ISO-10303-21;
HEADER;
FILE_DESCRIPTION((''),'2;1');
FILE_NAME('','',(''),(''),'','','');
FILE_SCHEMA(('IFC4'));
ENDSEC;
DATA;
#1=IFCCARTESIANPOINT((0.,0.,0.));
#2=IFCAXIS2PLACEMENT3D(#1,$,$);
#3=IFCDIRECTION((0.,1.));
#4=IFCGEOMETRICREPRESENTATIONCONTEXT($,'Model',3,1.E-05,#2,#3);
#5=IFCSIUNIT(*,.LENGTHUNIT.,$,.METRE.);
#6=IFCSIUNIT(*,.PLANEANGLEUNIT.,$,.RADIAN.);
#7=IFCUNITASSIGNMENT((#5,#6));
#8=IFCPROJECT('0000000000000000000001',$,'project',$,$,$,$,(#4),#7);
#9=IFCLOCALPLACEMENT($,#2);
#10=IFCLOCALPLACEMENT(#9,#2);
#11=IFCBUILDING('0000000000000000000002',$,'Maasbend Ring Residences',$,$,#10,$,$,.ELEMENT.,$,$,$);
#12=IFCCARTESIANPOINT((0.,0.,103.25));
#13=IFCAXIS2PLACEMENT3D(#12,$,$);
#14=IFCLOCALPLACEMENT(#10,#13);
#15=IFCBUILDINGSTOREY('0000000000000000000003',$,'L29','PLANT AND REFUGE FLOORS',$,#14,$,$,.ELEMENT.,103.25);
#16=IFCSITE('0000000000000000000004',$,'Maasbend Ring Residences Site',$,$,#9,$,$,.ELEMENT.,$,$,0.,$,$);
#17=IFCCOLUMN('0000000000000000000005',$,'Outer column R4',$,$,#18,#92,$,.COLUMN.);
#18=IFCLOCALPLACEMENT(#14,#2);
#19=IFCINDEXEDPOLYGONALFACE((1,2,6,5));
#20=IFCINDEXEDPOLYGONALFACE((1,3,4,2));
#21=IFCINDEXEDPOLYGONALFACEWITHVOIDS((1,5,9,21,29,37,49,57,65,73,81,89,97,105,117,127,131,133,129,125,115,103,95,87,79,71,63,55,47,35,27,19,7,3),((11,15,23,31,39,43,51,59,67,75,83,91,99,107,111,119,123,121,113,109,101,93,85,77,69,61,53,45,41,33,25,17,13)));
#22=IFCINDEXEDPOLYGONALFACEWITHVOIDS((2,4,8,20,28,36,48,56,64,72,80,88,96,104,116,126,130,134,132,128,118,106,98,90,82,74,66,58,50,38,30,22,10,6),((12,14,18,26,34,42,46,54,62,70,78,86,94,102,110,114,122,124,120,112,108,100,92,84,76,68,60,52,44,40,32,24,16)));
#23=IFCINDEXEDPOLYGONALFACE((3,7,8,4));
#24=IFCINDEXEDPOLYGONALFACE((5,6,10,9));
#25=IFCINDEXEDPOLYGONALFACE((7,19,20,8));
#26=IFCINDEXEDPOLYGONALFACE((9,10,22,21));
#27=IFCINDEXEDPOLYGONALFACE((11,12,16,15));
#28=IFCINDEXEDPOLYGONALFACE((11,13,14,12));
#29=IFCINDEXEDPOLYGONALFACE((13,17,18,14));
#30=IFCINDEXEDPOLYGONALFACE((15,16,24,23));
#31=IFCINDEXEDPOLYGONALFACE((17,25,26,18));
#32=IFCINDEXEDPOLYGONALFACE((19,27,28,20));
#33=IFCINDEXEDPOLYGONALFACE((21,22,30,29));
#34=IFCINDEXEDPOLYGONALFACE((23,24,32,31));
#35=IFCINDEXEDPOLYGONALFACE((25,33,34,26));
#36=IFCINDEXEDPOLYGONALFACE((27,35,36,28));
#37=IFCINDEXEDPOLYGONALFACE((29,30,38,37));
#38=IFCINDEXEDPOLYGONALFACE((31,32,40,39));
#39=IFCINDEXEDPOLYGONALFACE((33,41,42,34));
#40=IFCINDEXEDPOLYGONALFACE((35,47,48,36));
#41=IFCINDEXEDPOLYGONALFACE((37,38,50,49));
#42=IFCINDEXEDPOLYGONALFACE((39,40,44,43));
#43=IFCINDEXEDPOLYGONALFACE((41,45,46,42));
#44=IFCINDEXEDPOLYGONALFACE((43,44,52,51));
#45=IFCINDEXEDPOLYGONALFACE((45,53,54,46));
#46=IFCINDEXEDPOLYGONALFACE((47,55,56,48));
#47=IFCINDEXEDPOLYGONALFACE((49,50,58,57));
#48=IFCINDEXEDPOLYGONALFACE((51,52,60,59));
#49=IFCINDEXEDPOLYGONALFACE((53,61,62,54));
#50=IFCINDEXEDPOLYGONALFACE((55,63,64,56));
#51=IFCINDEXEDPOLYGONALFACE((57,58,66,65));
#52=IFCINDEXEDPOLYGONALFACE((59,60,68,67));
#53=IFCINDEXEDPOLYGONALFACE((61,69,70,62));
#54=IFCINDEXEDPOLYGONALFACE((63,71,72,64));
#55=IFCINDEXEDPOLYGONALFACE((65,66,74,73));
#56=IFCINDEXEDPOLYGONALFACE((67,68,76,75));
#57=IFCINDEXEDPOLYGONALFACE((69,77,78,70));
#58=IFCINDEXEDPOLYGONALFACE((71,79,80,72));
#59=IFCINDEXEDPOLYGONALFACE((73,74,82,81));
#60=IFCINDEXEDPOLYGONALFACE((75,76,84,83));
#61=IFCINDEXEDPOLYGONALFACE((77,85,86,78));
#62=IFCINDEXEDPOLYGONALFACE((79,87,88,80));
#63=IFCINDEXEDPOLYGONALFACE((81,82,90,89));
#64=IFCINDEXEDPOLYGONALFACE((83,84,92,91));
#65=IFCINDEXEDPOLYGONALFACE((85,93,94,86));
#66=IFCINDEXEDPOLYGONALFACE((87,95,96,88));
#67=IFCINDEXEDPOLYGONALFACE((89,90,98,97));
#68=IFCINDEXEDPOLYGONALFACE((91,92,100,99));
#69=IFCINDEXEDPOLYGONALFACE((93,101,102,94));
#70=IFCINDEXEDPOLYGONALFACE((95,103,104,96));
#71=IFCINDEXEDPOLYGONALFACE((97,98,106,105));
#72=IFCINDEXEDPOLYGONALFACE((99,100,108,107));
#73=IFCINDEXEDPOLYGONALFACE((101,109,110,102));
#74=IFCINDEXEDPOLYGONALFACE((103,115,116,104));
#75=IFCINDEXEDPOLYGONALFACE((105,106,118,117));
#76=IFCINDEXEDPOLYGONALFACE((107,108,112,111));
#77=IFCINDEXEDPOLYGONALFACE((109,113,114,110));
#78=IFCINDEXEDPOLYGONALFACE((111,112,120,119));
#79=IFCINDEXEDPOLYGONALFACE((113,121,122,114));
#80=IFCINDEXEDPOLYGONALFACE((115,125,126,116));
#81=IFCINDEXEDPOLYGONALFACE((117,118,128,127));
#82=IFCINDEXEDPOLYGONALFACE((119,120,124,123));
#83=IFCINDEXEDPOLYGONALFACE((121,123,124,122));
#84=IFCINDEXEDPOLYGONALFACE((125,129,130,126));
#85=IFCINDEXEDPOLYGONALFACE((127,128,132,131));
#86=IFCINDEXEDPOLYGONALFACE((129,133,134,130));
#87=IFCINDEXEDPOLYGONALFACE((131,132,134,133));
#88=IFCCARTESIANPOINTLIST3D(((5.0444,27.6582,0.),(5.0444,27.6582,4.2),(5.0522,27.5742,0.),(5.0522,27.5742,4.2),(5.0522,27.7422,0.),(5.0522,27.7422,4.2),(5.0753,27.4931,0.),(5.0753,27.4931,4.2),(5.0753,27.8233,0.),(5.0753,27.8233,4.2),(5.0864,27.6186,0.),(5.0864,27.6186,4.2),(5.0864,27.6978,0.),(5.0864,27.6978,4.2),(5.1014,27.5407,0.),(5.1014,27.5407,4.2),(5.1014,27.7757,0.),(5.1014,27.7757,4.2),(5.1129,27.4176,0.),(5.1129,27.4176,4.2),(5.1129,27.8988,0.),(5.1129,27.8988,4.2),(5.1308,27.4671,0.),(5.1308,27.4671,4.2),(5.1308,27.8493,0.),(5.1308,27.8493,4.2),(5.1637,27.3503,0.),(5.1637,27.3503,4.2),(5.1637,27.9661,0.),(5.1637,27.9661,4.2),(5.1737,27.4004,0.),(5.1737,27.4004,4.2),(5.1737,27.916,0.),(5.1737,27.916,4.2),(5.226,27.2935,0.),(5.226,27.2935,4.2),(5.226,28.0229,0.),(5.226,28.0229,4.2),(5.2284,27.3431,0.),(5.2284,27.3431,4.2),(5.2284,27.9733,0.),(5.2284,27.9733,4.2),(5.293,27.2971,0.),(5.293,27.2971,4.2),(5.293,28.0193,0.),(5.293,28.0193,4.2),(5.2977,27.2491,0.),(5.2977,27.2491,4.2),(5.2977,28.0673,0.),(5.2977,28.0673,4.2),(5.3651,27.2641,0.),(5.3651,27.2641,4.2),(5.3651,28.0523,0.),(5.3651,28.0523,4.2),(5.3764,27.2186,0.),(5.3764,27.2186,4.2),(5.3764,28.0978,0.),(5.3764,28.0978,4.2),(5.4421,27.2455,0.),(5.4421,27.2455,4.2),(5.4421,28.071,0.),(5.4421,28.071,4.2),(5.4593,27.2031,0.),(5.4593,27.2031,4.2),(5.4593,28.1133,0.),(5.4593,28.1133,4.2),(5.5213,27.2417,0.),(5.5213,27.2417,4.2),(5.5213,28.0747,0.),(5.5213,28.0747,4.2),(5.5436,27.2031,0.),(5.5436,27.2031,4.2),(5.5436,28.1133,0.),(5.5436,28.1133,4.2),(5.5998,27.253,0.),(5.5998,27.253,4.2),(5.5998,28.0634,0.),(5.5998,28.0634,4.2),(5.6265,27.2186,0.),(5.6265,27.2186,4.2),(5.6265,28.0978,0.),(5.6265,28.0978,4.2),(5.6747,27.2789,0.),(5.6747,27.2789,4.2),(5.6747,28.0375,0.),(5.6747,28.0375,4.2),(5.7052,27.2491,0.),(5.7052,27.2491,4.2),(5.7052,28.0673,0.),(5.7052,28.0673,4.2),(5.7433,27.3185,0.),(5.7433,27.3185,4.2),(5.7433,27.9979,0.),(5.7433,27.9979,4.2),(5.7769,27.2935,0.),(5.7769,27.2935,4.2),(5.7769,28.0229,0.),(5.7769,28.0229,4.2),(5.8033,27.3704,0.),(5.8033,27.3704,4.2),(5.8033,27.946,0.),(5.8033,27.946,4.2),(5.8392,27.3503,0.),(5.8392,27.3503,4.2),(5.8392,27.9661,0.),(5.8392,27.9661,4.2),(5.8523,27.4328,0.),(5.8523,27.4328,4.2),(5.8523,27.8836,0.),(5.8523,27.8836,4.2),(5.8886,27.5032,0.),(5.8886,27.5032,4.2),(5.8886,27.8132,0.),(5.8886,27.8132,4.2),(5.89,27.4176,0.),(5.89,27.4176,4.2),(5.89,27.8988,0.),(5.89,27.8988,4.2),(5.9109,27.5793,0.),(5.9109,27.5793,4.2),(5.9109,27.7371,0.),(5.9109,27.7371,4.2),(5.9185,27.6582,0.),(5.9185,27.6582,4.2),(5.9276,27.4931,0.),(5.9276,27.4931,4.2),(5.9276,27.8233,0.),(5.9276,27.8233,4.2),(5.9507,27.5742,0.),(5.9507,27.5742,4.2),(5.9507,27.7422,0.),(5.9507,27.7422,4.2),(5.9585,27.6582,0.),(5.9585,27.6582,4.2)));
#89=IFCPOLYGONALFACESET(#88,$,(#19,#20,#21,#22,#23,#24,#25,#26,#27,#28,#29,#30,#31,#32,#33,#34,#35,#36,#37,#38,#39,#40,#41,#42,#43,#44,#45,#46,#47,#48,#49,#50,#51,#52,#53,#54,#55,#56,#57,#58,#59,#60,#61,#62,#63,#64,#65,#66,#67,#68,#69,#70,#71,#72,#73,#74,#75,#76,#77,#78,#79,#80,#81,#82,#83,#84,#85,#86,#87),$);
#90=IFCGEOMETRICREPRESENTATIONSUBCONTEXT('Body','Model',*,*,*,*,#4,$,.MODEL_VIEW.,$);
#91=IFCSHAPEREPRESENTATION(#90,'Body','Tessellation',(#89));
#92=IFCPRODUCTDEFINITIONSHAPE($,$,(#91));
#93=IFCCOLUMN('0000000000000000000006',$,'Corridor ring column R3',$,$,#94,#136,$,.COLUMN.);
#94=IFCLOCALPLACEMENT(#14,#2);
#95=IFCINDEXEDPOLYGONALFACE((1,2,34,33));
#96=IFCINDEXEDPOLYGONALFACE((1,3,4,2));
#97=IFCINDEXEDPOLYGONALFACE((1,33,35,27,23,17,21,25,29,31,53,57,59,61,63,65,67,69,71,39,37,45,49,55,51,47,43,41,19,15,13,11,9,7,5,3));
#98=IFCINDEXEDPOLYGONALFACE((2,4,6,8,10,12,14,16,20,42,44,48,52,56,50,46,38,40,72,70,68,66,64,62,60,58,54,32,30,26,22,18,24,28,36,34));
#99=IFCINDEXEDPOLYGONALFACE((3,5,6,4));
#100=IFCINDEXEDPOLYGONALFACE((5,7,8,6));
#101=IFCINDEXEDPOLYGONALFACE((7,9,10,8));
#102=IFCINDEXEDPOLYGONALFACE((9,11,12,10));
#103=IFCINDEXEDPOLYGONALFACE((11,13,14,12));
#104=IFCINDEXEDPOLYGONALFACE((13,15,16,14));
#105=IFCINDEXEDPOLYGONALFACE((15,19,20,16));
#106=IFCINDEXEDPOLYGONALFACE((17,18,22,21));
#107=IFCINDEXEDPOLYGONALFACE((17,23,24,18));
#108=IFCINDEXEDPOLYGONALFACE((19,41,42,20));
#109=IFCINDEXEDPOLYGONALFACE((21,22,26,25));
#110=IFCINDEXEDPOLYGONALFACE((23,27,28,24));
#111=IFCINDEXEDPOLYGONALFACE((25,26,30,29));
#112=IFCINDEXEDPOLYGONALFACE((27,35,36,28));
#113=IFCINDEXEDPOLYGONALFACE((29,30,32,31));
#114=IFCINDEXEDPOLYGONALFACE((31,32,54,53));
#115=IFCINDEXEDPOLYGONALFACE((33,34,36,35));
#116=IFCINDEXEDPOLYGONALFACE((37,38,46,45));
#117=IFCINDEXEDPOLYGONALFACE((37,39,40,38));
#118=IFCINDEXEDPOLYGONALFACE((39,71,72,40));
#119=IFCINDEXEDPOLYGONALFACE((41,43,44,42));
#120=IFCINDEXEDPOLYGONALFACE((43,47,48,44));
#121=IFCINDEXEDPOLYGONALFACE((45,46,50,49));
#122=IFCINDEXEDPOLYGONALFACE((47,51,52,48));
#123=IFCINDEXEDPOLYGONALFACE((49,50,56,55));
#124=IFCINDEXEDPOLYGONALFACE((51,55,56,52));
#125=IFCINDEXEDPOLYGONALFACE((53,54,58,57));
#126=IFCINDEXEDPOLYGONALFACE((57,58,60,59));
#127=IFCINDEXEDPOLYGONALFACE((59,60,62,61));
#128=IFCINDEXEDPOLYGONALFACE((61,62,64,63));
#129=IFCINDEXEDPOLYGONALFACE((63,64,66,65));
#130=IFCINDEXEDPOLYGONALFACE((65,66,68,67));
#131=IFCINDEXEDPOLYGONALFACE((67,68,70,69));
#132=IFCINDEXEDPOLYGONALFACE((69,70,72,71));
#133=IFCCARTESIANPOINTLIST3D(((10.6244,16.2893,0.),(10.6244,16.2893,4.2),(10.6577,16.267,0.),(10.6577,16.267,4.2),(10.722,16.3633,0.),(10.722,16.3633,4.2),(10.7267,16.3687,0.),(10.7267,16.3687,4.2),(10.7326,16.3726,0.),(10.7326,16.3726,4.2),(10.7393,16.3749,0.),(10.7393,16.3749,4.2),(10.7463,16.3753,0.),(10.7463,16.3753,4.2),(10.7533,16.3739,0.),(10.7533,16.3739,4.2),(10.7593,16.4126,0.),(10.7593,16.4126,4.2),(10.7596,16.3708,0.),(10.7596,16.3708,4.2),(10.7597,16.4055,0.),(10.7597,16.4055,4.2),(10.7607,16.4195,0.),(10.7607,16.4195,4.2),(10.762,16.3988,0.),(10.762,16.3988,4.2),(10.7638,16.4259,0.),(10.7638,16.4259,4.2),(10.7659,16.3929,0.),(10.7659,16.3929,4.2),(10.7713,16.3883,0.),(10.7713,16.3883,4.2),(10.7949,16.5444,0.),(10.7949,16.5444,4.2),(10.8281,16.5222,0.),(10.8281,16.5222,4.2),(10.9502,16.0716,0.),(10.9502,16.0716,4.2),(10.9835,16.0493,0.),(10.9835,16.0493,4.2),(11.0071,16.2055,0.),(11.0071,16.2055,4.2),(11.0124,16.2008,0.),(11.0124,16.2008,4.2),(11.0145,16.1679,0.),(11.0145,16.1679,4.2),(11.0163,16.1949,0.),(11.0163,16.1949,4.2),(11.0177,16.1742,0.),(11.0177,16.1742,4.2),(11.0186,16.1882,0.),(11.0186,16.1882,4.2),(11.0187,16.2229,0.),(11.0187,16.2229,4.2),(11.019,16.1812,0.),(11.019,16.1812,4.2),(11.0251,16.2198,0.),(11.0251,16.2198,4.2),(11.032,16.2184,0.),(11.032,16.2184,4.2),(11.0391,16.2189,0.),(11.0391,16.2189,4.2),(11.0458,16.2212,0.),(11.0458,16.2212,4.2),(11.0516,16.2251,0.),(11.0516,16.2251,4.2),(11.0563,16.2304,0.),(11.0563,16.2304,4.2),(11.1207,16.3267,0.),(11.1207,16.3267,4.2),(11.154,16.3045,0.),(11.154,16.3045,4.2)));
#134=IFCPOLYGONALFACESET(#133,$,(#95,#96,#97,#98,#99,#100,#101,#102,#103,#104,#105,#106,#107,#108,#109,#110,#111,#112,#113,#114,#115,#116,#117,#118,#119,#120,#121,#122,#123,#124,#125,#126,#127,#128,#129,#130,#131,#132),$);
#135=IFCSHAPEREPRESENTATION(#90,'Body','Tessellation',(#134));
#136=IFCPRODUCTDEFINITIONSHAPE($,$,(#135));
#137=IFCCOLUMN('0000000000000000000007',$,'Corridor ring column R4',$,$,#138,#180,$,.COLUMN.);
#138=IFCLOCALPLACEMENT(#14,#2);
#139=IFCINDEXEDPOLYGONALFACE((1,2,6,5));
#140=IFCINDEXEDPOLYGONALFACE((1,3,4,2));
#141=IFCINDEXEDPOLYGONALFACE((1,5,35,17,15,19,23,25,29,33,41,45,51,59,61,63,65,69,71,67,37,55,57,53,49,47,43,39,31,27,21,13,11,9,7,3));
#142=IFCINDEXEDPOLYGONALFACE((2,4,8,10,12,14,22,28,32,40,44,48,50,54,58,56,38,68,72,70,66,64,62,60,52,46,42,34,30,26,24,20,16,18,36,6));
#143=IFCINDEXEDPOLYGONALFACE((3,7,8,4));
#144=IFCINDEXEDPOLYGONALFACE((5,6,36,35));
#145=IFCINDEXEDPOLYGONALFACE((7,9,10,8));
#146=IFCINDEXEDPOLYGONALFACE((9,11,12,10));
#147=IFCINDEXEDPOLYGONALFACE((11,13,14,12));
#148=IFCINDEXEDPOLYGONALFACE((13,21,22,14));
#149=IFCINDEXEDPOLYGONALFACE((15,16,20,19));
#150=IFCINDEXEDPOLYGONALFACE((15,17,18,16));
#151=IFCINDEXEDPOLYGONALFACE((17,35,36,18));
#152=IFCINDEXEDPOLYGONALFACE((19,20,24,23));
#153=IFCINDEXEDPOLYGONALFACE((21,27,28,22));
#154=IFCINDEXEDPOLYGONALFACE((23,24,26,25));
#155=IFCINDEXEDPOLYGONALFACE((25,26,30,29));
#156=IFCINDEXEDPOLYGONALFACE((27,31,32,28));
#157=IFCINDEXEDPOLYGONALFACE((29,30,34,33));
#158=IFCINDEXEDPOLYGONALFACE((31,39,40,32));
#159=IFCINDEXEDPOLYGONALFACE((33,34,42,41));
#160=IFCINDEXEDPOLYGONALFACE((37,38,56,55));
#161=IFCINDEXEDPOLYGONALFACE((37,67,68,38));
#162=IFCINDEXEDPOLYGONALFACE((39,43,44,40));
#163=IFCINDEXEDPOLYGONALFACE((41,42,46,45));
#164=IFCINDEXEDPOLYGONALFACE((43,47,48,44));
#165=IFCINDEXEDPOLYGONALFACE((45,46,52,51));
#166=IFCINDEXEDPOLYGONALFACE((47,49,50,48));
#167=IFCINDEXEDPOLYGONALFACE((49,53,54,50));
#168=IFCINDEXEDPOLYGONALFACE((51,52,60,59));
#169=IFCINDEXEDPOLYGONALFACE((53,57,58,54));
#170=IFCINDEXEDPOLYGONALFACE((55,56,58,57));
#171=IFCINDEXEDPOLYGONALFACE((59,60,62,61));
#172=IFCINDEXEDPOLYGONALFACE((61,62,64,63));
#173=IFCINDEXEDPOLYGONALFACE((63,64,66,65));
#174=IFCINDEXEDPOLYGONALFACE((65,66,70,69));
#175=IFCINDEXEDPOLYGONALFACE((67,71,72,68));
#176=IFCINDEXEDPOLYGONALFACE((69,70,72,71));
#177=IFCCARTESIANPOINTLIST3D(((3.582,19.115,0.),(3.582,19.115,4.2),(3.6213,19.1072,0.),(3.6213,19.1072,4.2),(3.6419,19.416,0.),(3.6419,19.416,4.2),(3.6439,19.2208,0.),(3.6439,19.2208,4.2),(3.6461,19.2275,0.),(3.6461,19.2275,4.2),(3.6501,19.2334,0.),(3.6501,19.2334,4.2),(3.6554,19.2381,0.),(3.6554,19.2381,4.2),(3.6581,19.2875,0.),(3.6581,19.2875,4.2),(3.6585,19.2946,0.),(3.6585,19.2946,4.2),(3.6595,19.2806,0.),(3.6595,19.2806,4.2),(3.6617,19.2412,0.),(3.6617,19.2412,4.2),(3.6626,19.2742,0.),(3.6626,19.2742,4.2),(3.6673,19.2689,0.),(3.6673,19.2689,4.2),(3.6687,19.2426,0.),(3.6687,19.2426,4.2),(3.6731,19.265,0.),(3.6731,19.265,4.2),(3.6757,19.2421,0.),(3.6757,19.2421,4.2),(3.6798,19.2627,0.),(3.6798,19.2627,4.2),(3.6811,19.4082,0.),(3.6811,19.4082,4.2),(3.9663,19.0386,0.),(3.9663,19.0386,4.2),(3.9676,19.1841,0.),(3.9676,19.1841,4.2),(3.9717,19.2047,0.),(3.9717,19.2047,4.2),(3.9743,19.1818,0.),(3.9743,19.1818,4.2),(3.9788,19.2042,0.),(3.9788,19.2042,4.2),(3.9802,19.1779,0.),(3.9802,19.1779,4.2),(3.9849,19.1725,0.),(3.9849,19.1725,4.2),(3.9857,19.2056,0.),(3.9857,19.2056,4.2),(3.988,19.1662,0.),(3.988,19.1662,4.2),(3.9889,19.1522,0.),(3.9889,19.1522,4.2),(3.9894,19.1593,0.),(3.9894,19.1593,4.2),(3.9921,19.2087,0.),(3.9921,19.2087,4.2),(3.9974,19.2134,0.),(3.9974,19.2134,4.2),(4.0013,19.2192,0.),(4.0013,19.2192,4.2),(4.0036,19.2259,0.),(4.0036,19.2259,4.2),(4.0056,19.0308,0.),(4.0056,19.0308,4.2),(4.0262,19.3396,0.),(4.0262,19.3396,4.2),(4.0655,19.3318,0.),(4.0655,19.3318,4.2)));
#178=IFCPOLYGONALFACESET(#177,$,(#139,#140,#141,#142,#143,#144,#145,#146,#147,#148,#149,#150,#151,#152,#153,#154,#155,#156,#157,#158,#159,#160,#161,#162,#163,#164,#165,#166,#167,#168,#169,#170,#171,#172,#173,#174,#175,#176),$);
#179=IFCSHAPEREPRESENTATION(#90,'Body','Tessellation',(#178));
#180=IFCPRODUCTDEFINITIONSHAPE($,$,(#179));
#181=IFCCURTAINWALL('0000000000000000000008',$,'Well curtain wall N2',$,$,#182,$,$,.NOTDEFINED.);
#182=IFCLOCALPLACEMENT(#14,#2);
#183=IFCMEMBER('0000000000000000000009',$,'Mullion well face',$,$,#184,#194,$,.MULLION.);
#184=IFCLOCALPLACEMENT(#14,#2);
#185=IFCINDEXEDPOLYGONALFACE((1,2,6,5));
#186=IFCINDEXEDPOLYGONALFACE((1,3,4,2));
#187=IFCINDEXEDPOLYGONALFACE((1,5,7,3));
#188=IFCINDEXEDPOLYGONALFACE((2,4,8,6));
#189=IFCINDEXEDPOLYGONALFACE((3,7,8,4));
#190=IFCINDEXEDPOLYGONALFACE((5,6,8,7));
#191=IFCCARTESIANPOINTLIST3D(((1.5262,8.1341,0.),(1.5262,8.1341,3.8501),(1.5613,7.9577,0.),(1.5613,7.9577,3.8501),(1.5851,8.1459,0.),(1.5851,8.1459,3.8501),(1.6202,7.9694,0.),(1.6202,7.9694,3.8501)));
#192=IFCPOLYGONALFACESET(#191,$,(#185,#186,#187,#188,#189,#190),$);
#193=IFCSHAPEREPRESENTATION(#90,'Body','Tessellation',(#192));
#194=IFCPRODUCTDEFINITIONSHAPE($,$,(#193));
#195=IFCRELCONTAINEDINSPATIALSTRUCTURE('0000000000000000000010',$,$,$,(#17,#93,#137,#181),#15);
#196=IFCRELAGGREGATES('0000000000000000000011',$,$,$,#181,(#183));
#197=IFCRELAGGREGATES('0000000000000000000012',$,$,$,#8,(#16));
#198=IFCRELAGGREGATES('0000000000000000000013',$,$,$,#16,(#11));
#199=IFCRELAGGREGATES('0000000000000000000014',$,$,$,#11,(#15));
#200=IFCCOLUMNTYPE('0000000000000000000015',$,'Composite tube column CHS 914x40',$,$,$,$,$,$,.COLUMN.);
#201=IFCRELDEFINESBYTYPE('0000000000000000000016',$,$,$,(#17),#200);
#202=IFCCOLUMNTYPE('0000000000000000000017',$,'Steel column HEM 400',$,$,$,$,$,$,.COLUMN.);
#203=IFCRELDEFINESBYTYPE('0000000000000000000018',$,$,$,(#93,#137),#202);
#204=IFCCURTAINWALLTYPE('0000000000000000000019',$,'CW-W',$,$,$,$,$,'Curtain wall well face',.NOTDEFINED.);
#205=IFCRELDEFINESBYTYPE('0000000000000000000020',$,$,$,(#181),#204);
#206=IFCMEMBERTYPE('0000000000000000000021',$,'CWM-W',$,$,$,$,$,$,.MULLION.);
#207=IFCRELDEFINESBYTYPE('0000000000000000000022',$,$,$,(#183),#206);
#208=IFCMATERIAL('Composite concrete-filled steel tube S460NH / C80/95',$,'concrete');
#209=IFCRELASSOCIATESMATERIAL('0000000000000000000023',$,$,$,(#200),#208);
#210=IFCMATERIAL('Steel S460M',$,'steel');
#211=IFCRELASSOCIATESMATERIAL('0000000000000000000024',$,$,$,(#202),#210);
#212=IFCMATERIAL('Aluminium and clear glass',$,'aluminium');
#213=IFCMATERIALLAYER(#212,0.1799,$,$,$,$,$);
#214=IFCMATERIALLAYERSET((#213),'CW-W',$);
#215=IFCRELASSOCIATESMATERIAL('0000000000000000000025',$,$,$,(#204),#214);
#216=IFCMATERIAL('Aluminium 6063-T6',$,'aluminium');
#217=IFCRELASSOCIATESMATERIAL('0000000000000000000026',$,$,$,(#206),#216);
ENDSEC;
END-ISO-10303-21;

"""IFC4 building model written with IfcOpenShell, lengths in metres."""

from ifc_helpers import new_model, si_unit, direction, frame, origin, origin_2d, place, context, subcontext, project, spatial, rectangle, hollow_circle, i_section, extrude, material, layer, layer_set, material_profile, profile_set, type_object, element, aggregate, save


model = new_model("IFC4")

# Units and contexts
model_context = context("Model", 3, precision=1e-05, world=origin(), true_north=direction((0.0, 1.0)))
body_context = subcontext(model_context, "Body", "Model", "MODEL_VIEW")
ifc_project = project(units=[si_unit("LENGTHUNIT", "METRE"), si_unit("PLANEANGLEUNIT", "RADIAN")], contexts=[model_context])

# Site, building, storey
site_placement = place(None, origin())
site = spatial("IfcSite", under=ifc_project, at=site_placement, Name="Maasbend Ring Residences Site", CompositionType="ELEMENT", RefElevation=0.0)
building_placement = place(site_placement, origin())
building = spatial("IfcBuilding", under=site, at=building_placement, Name="Maasbend Ring Residences", CompositionType="ELEMENT")
storey_placement = place(building_placement, frame((0.0, 0.0, 103.25)))
storey = spatial("IfcBuildingStorey", under=building, at=storey_placement, Name="L29", Description="PLANT AND REFUGE FLOORS", CompositionType="ELEMENT", Elevation=103.25)

# Columns
ifc_material_1 = material(Name="Composite concrete-filled steel tube S460NH / C80/95", Category="concrete")
ifc_material_profile_1 = material_profile(ifc_material_1, hollow_circle(Radius=0.457, WallThickness=0.04, at=origin_2d()), Name="Composite tube column CHS 914x40")
ifc_profile_set_1 = profile_set([ifc_material_profile_1], Name="Composite concrete-filled steel tube S460NH / C80/95")
column_type_1 = type_object("IfcColumnType", Name="Composite tube column CHS 914x40", PredefinedType="COLUMN", material=ifc_profile_set_1)
column_placement = place(storey_placement, frame((5.5015, 27.6582, 0.0), z_axis=(0.0, 0.0, 1.0), x_axis=(1.0, 0.0, 0.0)))
element("IfcColumn", 1, at=column_placement, inside=storey, type_object=column_type_1, Name="Outer column R4", PredefinedType="COLUMN", context=body_context, shape_type="SweptSolid", body=[
    extrude(hollow_circle(Radius=0.457, WallThickness=0.04, at=origin_2d()), origin(), (0.0, 0.0, 1.0), 4.2),
])
ifc_material_2 = material(Name="Steel S460M", Category="steel")
ifc_material_profile_2 = material_profile(ifc_material_2, i_section(OverallWidth=0.3069, OverallDepth=0.4319, WebThickness=0.021, FlangeThickness=0.04, FilletRadius=0.0271, at=origin_2d()), Name="HEM 400")
ifc_profile_set_2 = profile_set([ifc_material_profile_2], Name="Steel S460M")
column_type_2 = type_object("IfcColumnType", Name="Steel column HEM 400", PredefinedType="COLUMN", material=ifc_profile_set_2)
for number, where, z_axis, x_axis, name in (
    (2, (10.8892, 16.2969, 0.0), (0.0, 0.0, 1.0), (0.55557, 0.83147, 0.0), "Corridor ring column R3"),
    (3, (3.8237, 19.2234, 0.0), (0.0, 0.0, 1.0), (0.19509, 0.980785, 0.0), "Corridor ring column R4"),
):
    element("IfcColumn", number, at=place(storey_placement, frame(where, z_axis=z_axis, x_axis=x_axis)), inside=storey, type_object=column_type_2, Name=name, PredefinedType="COLUMN", context=body_context, shape_type="SweptSolid", body=[
        extrude(i_section(OverallWidth=0.3069, OverallDepth=0.4319, WebThickness=0.021, FlangeThickness=0.04, FilletRadius=0.0271, at=origin_2d()), origin(), (0.0, 0.0, 1.0), 4.2),
    ])

# Curtain wall, member
ifc_material_3 = material(Name="Aluminium and clear glass", Category="aluminium")
ifc_layer_1 = layer(ifc_material_3, 0.1799)
ifc_layer_set_1 = layer_set([ifc_layer_1], Name="CW-W")
curtain_wall_type = type_object("IfcCurtainWallType", Name="CW-W", ElementType="Curtain wall well face", PredefinedType="NOTDEFINED", material=ifc_layer_set_1)
curtain_wall_placement = place(storey_placement, origin())
curtain_wall = element("IfcCurtainWall", 4, at=curtain_wall_placement, inside=storey, type_object=curtain_wall_type, Name="Well curtain wall N2", PredefinedType="NOTDEFINED")
ifc_material_4 = material(Name="Aluminium 6063-T6", Category="aluminium")
ifc_material_profile_3 = material_profile(ifc_material_4, rectangle(XDim=0.1799, YDim=0.0601, at=origin_2d()), Name="AL 180x60")
ifc_profile_set_3 = profile_set([ifc_material_profile_3], Name="Aluminium 6063-T6")
member_type_1 = type_object("IfcMemberType", Name="CWM-W", PredefinedType="MULLION", material=ifc_profile_set_3)
member_1_placement = place(storey_placement, frame((1.5732, 8.0518, 0.0), z_axis=(0.0, 0.0, 1.0), x_axis=(0.19509, -0.980785, 0.0)))
member_1 = element("IfcMember", 5, at=member_1_placement, type_object=member_type_1, Name="Mullion well face", PredefinedType="MULLION", context=body_context, shape_type="SweptSolid", body=[
    extrude(rectangle(XDim=0.1799, YDim=0.0601, at=origin_2d()), origin(), (0.0, 0.0, 1.0), 3.8501),
])
aggregate(curtain_wall, [member_1])

save(model, "model.ifc")
